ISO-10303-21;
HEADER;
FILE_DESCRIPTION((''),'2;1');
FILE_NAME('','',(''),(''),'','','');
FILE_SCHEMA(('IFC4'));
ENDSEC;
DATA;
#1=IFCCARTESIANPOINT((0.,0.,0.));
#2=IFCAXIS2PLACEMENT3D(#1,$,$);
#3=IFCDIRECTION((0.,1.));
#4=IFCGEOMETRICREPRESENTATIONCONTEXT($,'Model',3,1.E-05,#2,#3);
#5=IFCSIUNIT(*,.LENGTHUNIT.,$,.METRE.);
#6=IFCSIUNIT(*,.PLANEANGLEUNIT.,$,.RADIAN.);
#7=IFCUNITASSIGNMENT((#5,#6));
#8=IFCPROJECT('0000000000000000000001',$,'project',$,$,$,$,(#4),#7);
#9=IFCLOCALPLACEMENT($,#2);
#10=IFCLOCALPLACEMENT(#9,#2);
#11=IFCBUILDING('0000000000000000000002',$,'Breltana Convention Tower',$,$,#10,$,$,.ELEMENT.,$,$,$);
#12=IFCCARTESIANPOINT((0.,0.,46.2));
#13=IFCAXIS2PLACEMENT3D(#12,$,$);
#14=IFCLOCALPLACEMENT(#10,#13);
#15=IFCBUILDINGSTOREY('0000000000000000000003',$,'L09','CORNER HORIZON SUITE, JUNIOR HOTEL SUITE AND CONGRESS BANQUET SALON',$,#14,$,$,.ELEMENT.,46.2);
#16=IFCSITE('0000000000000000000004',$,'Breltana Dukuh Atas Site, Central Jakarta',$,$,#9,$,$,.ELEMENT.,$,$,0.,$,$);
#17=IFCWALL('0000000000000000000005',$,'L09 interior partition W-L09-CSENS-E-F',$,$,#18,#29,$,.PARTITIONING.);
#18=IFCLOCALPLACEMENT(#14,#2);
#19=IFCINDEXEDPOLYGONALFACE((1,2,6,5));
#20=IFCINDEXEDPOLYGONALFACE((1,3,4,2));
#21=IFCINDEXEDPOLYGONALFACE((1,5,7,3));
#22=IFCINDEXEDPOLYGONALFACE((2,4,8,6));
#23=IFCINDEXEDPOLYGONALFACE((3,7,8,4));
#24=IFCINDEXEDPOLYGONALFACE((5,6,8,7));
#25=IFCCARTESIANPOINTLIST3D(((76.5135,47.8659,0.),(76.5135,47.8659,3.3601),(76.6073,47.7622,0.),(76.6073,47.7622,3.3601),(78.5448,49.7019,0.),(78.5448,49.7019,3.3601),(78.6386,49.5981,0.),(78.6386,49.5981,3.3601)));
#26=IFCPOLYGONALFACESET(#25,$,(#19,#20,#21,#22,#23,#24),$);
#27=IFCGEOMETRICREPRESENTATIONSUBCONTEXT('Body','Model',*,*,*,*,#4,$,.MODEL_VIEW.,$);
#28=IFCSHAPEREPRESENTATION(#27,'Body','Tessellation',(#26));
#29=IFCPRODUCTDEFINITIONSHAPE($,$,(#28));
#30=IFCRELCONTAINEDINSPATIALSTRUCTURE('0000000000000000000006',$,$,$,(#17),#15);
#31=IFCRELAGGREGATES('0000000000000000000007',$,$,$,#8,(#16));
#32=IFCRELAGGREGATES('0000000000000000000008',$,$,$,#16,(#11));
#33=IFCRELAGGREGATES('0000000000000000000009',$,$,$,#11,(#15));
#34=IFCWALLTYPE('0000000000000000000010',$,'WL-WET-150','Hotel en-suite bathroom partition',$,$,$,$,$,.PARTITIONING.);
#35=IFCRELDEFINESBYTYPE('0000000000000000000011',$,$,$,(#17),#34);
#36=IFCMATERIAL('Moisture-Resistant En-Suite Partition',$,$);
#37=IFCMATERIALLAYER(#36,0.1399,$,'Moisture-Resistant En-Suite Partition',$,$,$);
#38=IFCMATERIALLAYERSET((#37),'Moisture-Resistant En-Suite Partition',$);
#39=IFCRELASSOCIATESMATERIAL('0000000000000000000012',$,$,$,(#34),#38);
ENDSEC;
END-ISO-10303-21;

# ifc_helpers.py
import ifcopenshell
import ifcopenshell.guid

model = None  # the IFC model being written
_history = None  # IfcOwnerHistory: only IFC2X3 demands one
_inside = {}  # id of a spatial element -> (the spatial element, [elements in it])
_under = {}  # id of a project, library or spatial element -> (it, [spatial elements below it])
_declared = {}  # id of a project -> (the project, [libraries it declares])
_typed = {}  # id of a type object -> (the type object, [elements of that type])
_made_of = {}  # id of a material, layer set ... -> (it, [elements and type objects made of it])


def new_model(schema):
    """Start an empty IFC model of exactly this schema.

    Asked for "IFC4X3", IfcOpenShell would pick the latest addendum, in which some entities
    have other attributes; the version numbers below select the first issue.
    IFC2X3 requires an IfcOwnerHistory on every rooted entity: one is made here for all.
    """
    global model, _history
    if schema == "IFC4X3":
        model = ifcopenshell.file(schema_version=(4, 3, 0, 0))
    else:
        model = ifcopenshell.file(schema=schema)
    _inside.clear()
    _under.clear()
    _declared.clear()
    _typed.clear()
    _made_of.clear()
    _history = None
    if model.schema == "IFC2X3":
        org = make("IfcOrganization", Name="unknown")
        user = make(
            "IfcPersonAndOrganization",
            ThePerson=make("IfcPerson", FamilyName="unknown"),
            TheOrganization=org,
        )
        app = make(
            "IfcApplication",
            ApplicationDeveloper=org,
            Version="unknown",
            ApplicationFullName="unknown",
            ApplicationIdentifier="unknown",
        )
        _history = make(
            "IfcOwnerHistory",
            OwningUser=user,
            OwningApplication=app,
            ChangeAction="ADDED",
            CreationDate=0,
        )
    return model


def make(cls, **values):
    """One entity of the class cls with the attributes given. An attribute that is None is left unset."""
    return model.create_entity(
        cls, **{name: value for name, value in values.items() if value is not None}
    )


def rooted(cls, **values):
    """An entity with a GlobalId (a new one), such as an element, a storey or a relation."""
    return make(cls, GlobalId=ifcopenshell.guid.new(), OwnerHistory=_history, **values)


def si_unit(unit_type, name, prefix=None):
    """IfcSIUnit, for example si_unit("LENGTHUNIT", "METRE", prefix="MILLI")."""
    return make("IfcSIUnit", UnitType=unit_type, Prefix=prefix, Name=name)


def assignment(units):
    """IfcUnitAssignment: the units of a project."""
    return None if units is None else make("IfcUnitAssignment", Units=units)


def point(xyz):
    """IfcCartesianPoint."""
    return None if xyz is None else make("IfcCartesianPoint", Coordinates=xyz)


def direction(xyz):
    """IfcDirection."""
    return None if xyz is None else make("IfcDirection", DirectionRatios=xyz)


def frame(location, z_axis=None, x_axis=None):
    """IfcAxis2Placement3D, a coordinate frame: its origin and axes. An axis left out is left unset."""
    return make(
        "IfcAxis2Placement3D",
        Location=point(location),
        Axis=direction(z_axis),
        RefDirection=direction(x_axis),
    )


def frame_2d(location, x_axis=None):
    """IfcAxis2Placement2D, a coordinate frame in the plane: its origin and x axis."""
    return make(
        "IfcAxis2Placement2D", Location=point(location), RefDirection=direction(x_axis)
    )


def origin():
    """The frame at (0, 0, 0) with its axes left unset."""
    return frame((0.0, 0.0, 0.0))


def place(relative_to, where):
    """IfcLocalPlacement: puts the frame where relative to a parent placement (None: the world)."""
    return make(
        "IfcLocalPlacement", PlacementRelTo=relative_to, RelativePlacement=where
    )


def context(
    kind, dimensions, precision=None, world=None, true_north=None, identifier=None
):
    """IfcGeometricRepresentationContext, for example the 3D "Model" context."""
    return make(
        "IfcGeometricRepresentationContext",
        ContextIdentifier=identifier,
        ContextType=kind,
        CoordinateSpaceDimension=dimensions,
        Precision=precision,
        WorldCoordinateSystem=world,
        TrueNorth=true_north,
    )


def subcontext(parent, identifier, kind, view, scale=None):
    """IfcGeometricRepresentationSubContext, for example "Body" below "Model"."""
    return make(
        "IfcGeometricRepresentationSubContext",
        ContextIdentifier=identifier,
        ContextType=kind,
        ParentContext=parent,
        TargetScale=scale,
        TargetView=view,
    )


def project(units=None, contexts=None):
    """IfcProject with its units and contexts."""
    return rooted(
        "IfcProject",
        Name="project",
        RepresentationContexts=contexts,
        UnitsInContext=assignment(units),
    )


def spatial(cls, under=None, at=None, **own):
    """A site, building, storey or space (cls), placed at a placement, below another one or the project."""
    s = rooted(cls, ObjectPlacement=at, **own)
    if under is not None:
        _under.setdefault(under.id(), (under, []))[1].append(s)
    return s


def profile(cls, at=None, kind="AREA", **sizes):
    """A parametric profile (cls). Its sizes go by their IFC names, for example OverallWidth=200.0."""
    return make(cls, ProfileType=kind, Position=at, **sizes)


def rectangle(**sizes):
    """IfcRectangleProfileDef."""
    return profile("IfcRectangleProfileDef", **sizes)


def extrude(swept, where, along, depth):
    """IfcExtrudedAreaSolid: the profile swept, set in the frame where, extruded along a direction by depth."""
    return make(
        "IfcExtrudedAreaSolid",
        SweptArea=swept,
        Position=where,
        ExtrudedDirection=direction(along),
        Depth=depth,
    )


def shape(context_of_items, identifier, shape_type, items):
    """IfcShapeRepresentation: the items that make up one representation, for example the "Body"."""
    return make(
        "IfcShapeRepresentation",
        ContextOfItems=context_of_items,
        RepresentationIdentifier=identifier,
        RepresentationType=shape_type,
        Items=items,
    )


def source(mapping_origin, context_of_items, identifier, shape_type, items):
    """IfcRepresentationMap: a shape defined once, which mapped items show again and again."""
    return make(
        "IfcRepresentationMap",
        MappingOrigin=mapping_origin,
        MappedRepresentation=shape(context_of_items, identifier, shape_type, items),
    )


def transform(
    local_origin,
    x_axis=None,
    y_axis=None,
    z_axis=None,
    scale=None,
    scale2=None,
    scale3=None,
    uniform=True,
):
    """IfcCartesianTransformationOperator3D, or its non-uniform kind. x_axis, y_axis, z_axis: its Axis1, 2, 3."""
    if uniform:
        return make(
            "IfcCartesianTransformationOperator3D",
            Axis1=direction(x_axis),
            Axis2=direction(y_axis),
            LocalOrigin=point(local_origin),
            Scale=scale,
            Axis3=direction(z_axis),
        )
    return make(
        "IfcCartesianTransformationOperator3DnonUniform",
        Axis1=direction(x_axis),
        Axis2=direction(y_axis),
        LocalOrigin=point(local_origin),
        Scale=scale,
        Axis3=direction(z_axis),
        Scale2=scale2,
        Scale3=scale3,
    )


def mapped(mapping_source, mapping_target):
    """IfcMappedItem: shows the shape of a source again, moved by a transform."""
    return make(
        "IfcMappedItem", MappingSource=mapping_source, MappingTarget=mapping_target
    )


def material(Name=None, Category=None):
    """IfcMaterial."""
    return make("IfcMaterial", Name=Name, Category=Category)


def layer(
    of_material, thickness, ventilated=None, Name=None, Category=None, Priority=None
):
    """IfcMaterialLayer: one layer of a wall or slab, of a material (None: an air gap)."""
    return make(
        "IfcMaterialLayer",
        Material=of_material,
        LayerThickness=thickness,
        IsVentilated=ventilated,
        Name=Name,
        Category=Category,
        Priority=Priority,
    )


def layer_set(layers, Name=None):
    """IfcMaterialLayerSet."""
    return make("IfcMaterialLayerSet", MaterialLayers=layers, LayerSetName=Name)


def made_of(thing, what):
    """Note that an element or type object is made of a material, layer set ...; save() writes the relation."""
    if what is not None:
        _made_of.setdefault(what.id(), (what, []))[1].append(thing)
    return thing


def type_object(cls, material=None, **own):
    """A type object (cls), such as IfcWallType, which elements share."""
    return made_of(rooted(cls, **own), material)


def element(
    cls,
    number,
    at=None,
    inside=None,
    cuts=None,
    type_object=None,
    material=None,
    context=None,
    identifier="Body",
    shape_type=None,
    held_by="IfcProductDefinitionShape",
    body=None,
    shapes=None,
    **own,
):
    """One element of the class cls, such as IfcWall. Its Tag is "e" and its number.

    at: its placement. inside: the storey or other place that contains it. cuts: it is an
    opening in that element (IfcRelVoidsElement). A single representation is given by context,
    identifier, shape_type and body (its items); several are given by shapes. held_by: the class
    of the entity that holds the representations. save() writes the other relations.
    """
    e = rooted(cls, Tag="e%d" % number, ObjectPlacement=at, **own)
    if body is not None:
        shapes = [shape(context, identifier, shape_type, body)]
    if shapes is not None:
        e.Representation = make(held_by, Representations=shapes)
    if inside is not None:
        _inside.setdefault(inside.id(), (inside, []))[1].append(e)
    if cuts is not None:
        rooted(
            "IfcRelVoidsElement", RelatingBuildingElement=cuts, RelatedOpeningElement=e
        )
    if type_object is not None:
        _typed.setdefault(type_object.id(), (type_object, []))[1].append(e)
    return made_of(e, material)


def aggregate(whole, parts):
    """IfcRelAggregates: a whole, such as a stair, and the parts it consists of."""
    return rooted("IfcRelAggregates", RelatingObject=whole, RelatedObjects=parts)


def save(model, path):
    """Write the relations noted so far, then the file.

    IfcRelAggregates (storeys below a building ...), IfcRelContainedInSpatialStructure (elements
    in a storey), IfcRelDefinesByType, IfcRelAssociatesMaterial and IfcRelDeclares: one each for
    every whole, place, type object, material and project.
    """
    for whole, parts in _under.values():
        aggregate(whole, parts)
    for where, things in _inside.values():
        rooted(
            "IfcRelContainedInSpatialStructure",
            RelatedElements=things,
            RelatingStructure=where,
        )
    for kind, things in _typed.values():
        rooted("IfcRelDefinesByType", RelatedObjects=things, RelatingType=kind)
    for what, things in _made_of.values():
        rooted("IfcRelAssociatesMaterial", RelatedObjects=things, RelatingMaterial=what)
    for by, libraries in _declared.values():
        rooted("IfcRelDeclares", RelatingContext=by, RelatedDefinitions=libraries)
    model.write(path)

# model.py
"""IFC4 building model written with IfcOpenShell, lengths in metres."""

from ifc_helpers import new_model, si_unit, direction, frame, frame_2d, origin, place, context, subcontext, project, spatial, rectangle, extrude, source, transform, mapped, material, layer, layer_set, type_object, element, save


model = new_model("IFC4")

# Units and contexts
model_context = context("Model", 3, precision=1e-05, world=origin(), true_north=direction((0.0, 1.0)))
body_context = subcontext(model_context, "Body", "Model", "MODEL_VIEW")
ifc_project = project(units=[si_unit("LENGTHUNIT", "METRE"), si_unit("PLANEANGLEUNIT", "RADIAN")], contexts=[model_context])

# Site, building, storey
site_placement = place(None, origin())
site = spatial("IfcSite", under=ifc_project, at=site_placement, Name="Breltana Dukuh Atas Site, Central Jakarta", CompositionType="ELEMENT", RefElevation=0.0)
building_placement = place(site_placement, origin())
building = spatial("IfcBuilding", under=site, at=building_placement, Name="Breltana Convention Tower", CompositionType="ELEMENT")
storey_placement = place(building_placement, frame((0.0, 0.0, 46.2)))
storey = spatial("IfcBuildingStorey", under=building, at=storey_placement, Name="L09", Description="CORNER HORIZON SUITE, JUNIOR HOTEL SUITE AND CONGRESS BANQUET SALON", CompositionType="ELEMENT", Elevation=46.2)

# Wall
ifc_material_1 = material(Name="Moisture-Resistant En-Suite Partition")
ifc_layer_1 = layer(ifc_material_1, 0.1399, Name="Moisture-Resistant En-Suite Partition")
ifc_layer_set_1 = layer_set([ifc_layer_1], Name="Moisture-Resistant En-Suite Partition")
wall_type_1 = type_object("IfcWallType", Name="WL-WET-150", Description="Hotel en-suite bathroom partition", PredefinedType="PARTITIONING", material=ifc_layer_set_1)
shared_shape_1 = source(origin(), body_context, "Body", "SweptSolid", [
    extrude(rectangle(XDim=2.738, YDim=0.1399, at=frame_2d((1.3691, 0.0))), origin(), (0.0, 0.0, 1.0), 3.3601),
])
wall_1_placement = place(storey_placement, frame((76.5603, 47.814, 0.0), z_axis=(0.0, 0.0, 1.0), x_axis=(0.741874, 0.67054, 0.0)))
element("IfcWall", 1, at=wall_1_placement, inside=storey, type_object=wall_type_1, Name="L09 interior partition W-L09-CSENS-E-F", PredefinedType="PARTITIONING", context=body_context, shape_type="MappedRepresentation", body=[
    mapped(shared_shape_1, transform((0.0, 0.0, 0.0), scale=1.0)),
])

save(model, "model.ifc")
